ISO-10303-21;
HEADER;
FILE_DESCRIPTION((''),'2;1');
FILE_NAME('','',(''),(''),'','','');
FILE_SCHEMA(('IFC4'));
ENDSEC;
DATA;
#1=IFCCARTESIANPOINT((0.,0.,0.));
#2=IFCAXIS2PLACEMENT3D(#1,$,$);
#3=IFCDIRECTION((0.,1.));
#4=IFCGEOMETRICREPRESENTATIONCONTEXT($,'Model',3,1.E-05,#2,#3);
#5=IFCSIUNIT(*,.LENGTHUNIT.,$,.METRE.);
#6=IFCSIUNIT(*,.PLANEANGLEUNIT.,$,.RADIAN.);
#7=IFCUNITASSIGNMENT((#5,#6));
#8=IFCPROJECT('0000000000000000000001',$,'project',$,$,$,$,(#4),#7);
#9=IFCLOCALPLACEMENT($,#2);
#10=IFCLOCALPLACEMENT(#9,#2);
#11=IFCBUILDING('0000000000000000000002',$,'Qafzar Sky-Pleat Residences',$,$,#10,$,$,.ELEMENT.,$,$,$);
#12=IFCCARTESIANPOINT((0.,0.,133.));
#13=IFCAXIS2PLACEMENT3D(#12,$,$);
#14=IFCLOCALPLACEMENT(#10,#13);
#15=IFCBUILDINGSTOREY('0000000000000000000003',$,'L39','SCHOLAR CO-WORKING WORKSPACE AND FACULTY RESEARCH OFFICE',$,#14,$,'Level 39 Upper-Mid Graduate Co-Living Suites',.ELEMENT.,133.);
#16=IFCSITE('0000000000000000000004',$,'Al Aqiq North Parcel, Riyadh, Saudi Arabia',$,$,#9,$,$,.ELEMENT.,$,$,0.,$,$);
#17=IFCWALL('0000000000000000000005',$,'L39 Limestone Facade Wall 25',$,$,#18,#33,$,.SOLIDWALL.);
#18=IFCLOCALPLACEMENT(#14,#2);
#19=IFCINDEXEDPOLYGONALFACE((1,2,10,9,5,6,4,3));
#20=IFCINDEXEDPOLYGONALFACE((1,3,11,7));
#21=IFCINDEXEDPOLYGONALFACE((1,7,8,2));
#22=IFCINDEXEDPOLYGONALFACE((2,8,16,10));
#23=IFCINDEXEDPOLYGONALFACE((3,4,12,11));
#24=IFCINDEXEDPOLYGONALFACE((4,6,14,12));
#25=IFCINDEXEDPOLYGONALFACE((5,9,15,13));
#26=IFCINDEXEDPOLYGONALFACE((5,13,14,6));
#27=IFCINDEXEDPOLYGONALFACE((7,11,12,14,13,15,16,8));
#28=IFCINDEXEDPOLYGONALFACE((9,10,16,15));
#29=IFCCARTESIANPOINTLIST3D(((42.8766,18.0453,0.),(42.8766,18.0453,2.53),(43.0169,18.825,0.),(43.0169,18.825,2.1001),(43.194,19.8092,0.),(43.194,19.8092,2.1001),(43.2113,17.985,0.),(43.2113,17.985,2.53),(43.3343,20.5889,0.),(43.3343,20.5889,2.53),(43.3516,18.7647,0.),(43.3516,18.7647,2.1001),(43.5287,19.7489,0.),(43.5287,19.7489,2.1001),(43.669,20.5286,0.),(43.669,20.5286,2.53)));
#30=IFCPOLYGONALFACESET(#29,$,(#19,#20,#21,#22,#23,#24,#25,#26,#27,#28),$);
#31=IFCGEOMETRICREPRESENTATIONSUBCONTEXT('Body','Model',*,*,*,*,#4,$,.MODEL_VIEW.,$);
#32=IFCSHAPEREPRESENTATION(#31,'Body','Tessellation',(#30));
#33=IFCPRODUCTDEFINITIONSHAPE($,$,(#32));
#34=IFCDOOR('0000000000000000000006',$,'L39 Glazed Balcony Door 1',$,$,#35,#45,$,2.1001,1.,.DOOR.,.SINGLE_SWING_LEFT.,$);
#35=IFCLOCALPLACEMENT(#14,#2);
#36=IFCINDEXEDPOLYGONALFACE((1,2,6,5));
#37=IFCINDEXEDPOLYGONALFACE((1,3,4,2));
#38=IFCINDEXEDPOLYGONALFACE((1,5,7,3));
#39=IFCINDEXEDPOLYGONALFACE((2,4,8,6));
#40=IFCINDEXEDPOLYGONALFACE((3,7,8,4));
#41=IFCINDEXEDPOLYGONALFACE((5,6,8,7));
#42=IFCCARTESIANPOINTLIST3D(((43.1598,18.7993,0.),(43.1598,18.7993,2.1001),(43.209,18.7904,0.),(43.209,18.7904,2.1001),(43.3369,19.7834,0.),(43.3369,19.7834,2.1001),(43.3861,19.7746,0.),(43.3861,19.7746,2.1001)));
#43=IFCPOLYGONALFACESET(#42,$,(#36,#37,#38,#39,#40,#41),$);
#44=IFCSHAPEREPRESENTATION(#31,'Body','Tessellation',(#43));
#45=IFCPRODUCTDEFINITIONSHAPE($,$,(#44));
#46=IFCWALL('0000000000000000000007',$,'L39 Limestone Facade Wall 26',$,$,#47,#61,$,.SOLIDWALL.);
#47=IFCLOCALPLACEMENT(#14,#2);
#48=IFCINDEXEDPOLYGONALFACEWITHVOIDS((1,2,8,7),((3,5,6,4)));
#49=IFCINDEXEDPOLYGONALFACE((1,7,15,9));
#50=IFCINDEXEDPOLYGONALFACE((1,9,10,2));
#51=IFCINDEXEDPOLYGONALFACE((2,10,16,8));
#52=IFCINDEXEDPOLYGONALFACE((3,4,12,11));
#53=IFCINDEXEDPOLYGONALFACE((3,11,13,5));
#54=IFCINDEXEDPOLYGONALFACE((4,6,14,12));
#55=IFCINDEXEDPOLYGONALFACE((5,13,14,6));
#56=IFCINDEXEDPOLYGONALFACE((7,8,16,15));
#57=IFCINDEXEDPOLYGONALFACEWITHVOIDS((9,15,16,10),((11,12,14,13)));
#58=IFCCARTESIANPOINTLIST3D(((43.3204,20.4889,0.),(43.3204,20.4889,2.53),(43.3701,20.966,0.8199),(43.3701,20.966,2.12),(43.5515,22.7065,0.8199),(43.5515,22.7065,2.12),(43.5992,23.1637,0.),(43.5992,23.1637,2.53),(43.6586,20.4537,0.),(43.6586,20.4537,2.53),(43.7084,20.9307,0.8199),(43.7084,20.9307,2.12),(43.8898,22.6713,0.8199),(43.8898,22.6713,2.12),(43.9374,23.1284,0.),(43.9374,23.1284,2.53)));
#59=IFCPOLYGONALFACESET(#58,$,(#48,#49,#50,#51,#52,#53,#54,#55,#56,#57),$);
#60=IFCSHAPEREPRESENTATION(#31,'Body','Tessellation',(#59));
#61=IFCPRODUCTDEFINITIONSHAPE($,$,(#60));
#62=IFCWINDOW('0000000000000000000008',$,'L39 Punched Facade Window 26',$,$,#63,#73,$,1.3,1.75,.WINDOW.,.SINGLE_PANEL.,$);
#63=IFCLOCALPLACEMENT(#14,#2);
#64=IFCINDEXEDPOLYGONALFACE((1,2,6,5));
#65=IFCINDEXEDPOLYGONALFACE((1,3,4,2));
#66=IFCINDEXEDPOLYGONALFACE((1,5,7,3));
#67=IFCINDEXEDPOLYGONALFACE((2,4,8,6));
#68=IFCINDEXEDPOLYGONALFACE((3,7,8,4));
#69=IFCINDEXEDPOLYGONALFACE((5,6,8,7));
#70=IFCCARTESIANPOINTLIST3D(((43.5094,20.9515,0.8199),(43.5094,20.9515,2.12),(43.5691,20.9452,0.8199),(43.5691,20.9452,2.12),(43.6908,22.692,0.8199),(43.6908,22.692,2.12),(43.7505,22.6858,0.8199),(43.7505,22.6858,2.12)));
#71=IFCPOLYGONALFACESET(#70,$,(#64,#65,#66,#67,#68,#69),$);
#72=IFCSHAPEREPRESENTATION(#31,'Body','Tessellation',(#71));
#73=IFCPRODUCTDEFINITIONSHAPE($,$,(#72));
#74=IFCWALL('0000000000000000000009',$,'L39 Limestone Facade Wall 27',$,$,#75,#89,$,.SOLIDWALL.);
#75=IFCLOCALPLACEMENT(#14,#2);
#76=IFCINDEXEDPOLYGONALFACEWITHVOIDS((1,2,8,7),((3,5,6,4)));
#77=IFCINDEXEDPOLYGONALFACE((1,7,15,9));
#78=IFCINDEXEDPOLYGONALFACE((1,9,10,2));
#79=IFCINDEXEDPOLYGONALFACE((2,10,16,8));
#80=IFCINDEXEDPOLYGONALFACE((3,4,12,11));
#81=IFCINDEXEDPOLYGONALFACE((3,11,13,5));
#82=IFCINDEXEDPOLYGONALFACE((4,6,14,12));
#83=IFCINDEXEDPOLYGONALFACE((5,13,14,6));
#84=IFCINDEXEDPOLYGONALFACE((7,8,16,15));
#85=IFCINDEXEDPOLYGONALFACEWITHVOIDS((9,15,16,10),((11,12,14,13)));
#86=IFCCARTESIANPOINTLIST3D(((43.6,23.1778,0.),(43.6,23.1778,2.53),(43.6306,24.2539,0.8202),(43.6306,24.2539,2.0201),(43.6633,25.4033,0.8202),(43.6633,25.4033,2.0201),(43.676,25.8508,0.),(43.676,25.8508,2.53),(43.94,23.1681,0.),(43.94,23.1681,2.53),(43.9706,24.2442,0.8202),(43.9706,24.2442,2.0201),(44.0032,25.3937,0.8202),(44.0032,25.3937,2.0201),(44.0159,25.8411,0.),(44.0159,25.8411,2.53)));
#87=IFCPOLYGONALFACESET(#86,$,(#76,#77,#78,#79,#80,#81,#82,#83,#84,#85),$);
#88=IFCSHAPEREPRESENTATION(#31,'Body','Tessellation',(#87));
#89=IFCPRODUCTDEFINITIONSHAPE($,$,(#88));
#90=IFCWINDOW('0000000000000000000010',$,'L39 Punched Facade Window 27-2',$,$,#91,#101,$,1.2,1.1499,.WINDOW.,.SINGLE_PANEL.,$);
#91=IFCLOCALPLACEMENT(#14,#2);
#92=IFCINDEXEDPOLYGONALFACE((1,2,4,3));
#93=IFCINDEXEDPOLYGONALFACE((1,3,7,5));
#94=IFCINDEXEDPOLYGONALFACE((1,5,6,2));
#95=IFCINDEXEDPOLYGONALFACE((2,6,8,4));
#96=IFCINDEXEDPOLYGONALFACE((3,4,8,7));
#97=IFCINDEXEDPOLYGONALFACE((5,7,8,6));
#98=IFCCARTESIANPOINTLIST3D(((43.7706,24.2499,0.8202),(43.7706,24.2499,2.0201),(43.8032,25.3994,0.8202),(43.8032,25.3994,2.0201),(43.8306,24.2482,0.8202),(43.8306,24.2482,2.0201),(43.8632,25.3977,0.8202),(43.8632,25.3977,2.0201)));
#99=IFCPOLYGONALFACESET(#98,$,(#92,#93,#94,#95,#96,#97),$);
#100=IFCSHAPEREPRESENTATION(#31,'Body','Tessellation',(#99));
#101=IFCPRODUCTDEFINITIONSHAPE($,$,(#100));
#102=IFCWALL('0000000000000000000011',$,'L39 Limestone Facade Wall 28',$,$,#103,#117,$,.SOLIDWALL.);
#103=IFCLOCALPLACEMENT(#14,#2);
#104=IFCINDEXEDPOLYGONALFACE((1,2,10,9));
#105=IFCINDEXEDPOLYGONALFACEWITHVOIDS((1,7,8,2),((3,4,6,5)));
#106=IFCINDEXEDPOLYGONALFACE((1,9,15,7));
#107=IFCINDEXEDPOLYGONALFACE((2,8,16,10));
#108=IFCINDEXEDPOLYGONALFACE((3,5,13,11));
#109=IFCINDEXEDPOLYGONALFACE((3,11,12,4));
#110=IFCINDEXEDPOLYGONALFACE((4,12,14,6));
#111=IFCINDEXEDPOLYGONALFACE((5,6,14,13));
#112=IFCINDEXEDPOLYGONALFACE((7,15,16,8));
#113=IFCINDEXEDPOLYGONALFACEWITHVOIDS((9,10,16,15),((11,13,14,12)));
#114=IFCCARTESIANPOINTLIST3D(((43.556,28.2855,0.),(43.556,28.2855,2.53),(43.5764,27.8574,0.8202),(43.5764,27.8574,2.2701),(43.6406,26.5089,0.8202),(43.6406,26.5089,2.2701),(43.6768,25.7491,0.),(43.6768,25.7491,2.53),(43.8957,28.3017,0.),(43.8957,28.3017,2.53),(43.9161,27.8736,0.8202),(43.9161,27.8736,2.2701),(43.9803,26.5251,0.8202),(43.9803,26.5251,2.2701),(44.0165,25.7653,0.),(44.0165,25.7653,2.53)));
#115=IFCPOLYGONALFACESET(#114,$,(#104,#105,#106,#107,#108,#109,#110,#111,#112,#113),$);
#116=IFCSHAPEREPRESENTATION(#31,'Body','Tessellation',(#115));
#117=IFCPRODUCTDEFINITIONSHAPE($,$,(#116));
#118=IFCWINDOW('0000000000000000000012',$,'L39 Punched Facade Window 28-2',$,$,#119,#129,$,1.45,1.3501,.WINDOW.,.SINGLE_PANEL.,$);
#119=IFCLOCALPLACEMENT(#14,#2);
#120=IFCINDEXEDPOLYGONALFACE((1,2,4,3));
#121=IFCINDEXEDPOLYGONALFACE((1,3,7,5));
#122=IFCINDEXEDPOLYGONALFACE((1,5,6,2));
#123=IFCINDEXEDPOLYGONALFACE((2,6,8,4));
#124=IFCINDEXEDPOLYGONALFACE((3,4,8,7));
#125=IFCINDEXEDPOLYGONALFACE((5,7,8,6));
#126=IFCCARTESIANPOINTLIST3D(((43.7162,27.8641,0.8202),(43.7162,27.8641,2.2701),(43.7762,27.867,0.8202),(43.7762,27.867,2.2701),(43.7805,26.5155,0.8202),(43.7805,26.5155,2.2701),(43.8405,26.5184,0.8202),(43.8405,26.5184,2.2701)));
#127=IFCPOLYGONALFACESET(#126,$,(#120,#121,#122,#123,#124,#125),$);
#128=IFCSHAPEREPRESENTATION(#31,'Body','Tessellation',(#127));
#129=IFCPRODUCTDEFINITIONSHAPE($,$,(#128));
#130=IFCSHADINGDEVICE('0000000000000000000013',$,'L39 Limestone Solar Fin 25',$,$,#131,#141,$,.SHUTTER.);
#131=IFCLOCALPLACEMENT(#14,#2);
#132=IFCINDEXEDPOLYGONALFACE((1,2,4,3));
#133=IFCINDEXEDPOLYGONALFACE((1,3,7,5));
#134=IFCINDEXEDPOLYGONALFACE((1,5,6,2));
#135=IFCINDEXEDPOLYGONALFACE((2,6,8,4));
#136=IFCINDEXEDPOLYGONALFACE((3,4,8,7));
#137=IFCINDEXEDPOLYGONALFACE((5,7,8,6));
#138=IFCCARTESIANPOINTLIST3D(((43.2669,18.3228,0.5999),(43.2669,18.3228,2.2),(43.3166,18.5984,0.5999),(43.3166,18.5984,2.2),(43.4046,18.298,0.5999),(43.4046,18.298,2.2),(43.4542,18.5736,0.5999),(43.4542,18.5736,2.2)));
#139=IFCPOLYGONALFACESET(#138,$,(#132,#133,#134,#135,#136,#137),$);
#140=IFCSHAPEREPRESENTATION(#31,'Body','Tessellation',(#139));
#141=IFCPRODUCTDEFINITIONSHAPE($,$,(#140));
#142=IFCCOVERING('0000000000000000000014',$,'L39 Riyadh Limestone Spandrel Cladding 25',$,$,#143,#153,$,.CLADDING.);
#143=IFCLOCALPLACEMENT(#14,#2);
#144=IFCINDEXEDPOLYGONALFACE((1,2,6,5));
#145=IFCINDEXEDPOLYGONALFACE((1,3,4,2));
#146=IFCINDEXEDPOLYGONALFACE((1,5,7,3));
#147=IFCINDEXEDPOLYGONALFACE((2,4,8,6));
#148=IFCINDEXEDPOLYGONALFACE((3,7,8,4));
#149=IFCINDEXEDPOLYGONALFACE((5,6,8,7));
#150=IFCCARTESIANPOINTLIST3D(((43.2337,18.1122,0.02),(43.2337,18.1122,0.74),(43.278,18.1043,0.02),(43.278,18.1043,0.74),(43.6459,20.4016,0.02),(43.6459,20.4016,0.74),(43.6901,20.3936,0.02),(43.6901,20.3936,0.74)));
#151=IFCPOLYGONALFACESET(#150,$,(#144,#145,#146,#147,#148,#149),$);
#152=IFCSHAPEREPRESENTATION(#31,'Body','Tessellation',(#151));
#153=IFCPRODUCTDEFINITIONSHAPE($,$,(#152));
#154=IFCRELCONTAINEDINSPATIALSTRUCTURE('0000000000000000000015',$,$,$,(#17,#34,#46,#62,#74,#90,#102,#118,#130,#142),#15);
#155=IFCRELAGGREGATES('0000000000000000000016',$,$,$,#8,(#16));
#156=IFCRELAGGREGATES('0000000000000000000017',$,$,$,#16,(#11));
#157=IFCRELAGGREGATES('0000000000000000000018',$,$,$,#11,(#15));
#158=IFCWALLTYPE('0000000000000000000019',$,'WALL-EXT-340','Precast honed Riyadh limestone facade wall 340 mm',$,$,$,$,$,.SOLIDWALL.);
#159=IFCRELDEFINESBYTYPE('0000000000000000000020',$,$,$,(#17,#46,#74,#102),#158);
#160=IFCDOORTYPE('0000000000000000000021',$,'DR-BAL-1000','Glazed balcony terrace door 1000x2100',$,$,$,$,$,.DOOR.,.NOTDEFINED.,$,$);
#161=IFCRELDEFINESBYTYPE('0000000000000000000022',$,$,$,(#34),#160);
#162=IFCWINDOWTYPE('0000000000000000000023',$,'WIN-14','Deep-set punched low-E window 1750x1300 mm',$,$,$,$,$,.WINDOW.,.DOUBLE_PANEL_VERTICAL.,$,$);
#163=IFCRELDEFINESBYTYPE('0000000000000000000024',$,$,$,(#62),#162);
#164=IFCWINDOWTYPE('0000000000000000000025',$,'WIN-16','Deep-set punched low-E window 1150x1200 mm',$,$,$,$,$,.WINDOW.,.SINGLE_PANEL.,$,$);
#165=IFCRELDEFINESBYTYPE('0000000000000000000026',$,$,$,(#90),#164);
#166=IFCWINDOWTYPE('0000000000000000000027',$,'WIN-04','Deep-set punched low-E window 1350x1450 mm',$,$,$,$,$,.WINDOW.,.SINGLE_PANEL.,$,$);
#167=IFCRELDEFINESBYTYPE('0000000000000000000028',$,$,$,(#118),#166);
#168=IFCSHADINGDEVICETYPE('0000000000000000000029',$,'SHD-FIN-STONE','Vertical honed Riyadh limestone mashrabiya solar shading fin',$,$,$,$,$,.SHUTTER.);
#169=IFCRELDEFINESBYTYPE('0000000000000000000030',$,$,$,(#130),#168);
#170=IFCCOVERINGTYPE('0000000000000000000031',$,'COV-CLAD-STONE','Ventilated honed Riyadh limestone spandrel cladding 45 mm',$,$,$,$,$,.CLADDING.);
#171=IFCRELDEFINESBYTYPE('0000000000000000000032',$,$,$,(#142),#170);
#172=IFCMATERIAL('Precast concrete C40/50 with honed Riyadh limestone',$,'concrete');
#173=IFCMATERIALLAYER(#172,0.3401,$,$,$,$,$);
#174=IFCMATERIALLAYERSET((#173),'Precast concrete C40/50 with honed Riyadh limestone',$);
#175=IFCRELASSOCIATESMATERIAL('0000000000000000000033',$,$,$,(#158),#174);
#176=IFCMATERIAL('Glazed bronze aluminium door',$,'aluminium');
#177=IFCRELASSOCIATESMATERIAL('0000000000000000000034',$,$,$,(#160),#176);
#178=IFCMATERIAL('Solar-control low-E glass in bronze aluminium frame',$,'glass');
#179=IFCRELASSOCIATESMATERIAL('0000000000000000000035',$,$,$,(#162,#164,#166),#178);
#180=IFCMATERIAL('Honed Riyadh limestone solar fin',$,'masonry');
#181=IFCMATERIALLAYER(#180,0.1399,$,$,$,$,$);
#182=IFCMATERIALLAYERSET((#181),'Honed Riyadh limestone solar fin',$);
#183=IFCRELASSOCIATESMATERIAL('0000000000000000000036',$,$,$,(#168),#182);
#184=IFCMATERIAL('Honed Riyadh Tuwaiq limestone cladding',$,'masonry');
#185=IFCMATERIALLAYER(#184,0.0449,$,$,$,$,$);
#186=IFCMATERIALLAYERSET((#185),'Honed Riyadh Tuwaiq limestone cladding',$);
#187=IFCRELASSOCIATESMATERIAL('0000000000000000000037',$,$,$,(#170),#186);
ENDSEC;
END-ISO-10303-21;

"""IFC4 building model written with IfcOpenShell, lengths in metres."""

from ifc_helpers import new_model, si_unit, direction, frame, frame_2d, origin, origin_2d, place, context, subcontext, project, spatial, rectangle, extrude, source, transform, mapped, material, layer, layer_set, type_object, element, fill, save


model = new_model("IFC4")

# Units and contexts
model_context = context("Model", 3, precision=1e-05, world=origin(), true_north=direction((0.0, 1.0)))
body_context = subcontext(model_context, "Body", "Model", "MODEL_VIEW")
ifc_project = project(units=[si_unit("LENGTHUNIT", "METRE"), si_unit("PLANEANGLEUNIT", "RADIAN")], contexts=[model_context])

# Site, building, storey
site_placement = place(None, origin())
site = spatial("IfcSite", under=ifc_project, at=site_placement, Name="Al Aqiq North Parcel, Riyadh, Saudi Arabia", CompositionType="ELEMENT", RefElevation=0.0)
building_placement = place(site_placement, origin())
building = spatial("IfcBuilding", under=site, at=building_placement, Name="Qafzar Sky-Pleat Residences", CompositionType="ELEMENT")
storey_placement = place(building_placement, frame((0.0, 0.0, 133.0)))
storey = spatial("IfcBuildingStorey", under=building, at=storey_placement, Name="L39", Description="SCHOLAR CO-WORKING WORKSPACE AND FACULTY RESEARCH OFFICE", LongName="Level 39 Upper-Mid Graduate Co-Living Suites", CompositionType="ELEMENT", Elevation=133.0)

# Wall, opening, door
ifc_material_1 = material(Name="Precast concrete C40/50 with honed Riyadh limestone", Category="concrete")
ifc_layer_1 = layer(ifc_material_1, 0.3401)
ifc_layer_set_1 = layer_set([ifc_layer_1], Name="Precast concrete C40/50 with honed Riyadh limestone")
wall_type_1 = type_object("IfcWallType", Name="WALL-EXT-340", Description="Precast honed Riyadh limestone facade wall 340 mm", PredefinedType="SOLIDWALL", material=ifc_layer_set_1)
wall_1_placement = place(storey_placement, frame((43.0439, 18.0151, 0.0), z_axis=(0.0, 0.0, 1.0), x_axis=(0.177115, 0.98419, 0.0)))
wall_1 = element("IfcWall", 1, at=wall_1_placement, inside=storey, type_object=wall_type_1, Name="L39 Limestone Facade Wall 25", PredefinedType="SOLIDWALL", context=body_context, shape_type="SweptSolid", body=[
    extrude(rectangle(XDim=2.5845, YDim=0.3401, at=frame_2d((1.2922, 0.0))), origin(), (0.0, 0.0, 1.0), 2.53),
])
opening_1_placement = place(wall_1_placement, frame((0.7922, 0.0, 0.0)))
opening_1 = element("IfcOpeningElement", 2, at=opening_1_placement, cuts=wall_1, PredefinedType="OPENING", context=body_context, shape_type="SweptSolid", body=[
    extrude(rectangle(XDim=1.0, YDim=2.1001, at=frame_2d((0.5, 1.05))), frame((0.0, 0.1802, 0.0), z_axis=(0.0, -1.0, 0.0), x_axis=(1.0, 0.0, 0.0)), (0.0, 0.0, 1.0), 0.3601),
])
ifc_material_2 = material(Name="Glazed bronze aluminium door", Category="aluminium")
door_type_1 = type_object("IfcDoorType", Name="DR-BAL-1000", Description="Glazed balcony terrace door 1000x2100", OperationType="NOTDEFINED", PredefinedType="DOOR", material=ifc_material_2)
shared_shape_1 = source(origin(), body_context, "Body", "SweptSolid", [
    extrude(rectangle(XDim=1.0, YDim=2.1001, at=frame_2d((0.5, 1.05))), frame((0.0, 0.0249, 0.0), z_axis=(0.0, -1.0, 0.0), x_axis=(1.0, 0.0, 0.0)), (0.0, 0.0, 1.0), 0.05),
])
door_1_placement = place(opening_1_placement, origin())
door_1 = element("IfcDoor", 3, at=door_1_placement, inside=storey, type_object=door_type_1, Name="L39 Glazed Balcony Door 1", OperationType="SINGLE_SWING_LEFT", OverallHeight=2.1001, OverallWidth=1.0, PredefinedType="DOOR", context=body_context, shape_type="MappedRepresentation", body=[
    mapped(shared_shape_1, transform((0.0, 0.0, 0.0), x_axis=(1.0, 0.0, 0.0), y_axis=(0.0, 1.0, 0.0), z_axis=(0.0, 0.0, 1.0), scale=1.0)),
])
fill(opening_1, door_1)

# Walls, openings, windows
wall_2_placement = place(storey_placement, frame((43.4895, 20.4712, 0.0), z_axis=(0.0, 0.0, 1.0), x_axis=(0.103673, 0.994611, 0.0)))
wall_2 = element("IfcWall", 4, at=wall_2_placement, inside=storey, type_object=wall_type_1, Name="L39 Limestone Facade Wall 26", PredefinedType="SOLIDWALL", context=body_context, shape_type="SweptSolid", body=[
    extrude(rectangle(XDim=2.6892, YDim=0.3401, at=frame_2d((1.3447, 0.0))), origin(), (0.0, 0.0, 1.0), 2.53),
])
opening_2_placement = place(wall_2_placement, frame((0.4797, 0.0, 0.8201)))
opening_2 = element("IfcOpeningElement", 5, at=opening_2_placement, cuts=wall_2, PredefinedType="OPENING", context=body_context, shape_type="SweptSolid", body=[
    extrude(rectangle(XDim=1.75, YDim=1.3, at=frame_2d((0.875, 0.6499))), frame((0.0, 0.1802, 0.0), z_axis=(0.0, -1.0, 0.0), x_axis=(1.0, 0.0, 0.0)), (0.0, 0.0, 1.0), 0.3601),
])
ifc_material_3 = material(Name="Solar-control low-E glass in bronze aluminium frame", Category="glass")
window_type_1 = type_object("IfcWindowType", Name="WIN-14", Description="Deep-set punched low-E window 1750x1300 mm", PartitioningType="DOUBLE_PANEL_VERTICAL", PredefinedType="WINDOW", material=ifc_material_3)
shared_shape_2 = source(origin(), body_context, "Body", "SweptSolid", [
    extrude(rectangle(XDim=1.75, YDim=1.3, at=frame_2d((0.875, 0.6499))), frame((0.0, 0.03, 0.0), z_axis=(0.0, -1.0, 0.0), x_axis=(1.0, 0.0, 0.0)), (0.0, 0.0, 1.0), 0.0601),
])
window_1_placement = place(opening_2_placement, origin())
window_1 = element("IfcWindow", 6, at=window_1_placement, inside=storey, type_object=window_type_1, Name="L39 Punched Facade Window 26", OverallHeight=1.3, OverallWidth=1.75, PartitioningType="SINGLE_PANEL", PredefinedType="WINDOW", context=body_context, shape_type="MappedRepresentation", body=[
    mapped(shared_shape_2, transform((0.0, 0.0, 0.0), x_axis=(1.0, 0.0, 0.0), y_axis=(0.0, 1.0, 0.0), z_axis=(0.0, 0.0, 1.0), scale=1.0)),
])
fill(opening_2, window_1)
wall_3_placement = place(storey_placement, frame((43.77, 23.1731, 0.0), z_axis=(0.0, 0.0, 1.0), x_axis=(0.028393, 0.999597, 0.0)))
wall_3 = element("IfcWall", 7, at=wall_3_placement, inside=storey, type_object=wall_type_1, Name="L39 Limestone Facade Wall 27", PredefinedType="SOLIDWALL", context=body_context, shape_type="SweptSolid", body=[
    extrude(rectangle(XDim=2.6741, YDim=0.3401, at=frame_2d((1.3369, 0.0))), origin(), (0.0, 0.0, 1.0), 2.53),
])
opening_3_placement = place(wall_3_placement, frame((1.0764, 0.0, 0.8201)))
opening_3 = element("IfcOpeningElement", 8, at=opening_3_placement, cuts=wall_3, PredefinedType="OPENING", context=body_context, shape_type="SweptSolid", body=[
    extrude(rectangle(XDim=1.1499, YDim=1.2, at=frame_2d((0.575, 0.6001))), frame((0.0, 0.1802, 0.0), z_axis=(0.0, -1.0, 0.0), x_axis=(1.0, 0.0, 0.0)), (0.0, 0.0, 1.0), 0.3601),
])
window_type_2 = type_object("IfcWindowType", Name="WIN-16", Description="Deep-set punched low-E window 1150x1200 mm", PartitioningType="SINGLE_PANEL", PredefinedType="WINDOW", material=ifc_material_3)
shared_shape_3 = source(origin(), body_context, "Body", "SweptSolid", [
    extrude(rectangle(XDim=1.1499, YDim=1.2, at=frame_2d((0.575, 0.6001))), frame((0.0, 0.03, 0.0), z_axis=(0.0, -1.0, 0.0), x_axis=(1.0, 0.0, 0.0)), (0.0, 0.0, 1.0), 0.0601),
])
window_2_placement = place(opening_3_placement, origin())
window_2 = element("IfcWindow", 9, at=window_2_placement, inside=storey, type_object=window_type_2, Name="L39 Punched Facade Window 27-2", OverallHeight=1.2, OverallWidth=1.1499, PartitioningType="SINGLE_PANEL", PredefinedType="WINDOW", context=body_context, shape_type="MappedRepresentation", body=[
    mapped(shared_shape_3, transform((0.0, 0.0, 0.0), x_axis=(1.0, 0.0, 0.0), y_axis=(0.0, 1.0, 0.0), z_axis=(0.0, 0.0, 1.0), scale=1.0)),
])
fill(opening_3, window_2)
wall_4_placement = place(storey_placement, frame((43.8467, 25.7573, 0.0), z_axis=(0.0, 0.0, 1.0), x_axis=(-0.047593, 0.998867, 0.0)))
wall_4 = element("IfcWall", 10, at=wall_4_placement, inside=storey, type_object=wall_type_1, Name="L39 Limestone Facade Wall 28", PredefinedType="SOLIDWALL", context=body_context, shape_type="SweptSolid", body=[
    extrude(rectangle(XDim=2.5393, YDim=0.3401, at=frame_2d((1.2695, 0.0))), origin(), (0.0, 0.0, 1.0), 2.53),
])
opening_4_placement = place(wall_4_placement, frame((0.7605, 0.0, 0.8201)))
opening_4 = element("IfcOpeningElement", 11, at=opening_4_placement, cuts=wall_4, PredefinedType="OPENING", context=body_context, shape_type="SweptSolid", body=[
    extrude(rectangle(XDim=1.3501, YDim=1.45, at=frame_2d((0.675, 0.7251))), frame((0.0, 0.1802, 0.0), z_axis=(0.0, -1.0, 0.0), x_axis=(1.0, 0.0, 0.0)), (0.0, 0.0, 1.0), 0.3601),
])
window_type_3 = type_object("IfcWindowType", Name="WIN-04", Description="Deep-set punched low-E window 1350x1450 mm", PartitioningType="SINGLE_PANEL", PredefinedType="WINDOW", material=ifc_material_3)
shared_shape_4 = source(origin(), body_context, "Body", "SweptSolid", [
    extrude(rectangle(XDim=1.3501, YDim=1.45, at=frame_2d((0.675, 0.7251))), frame((0.0, 0.03, 0.0), z_axis=(0.0, -1.0, 0.0), x_axis=(1.0, 0.0, 0.0)), (0.0, 0.0, 1.0), 0.0601),
])
window_3_placement = place(opening_4_placement, origin())
window_3 = element("IfcWindow", 12, at=window_3_placement, inside=storey, type_object=window_type_3, Name="L39 Punched Facade Window 28-2", OverallHeight=1.45, OverallWidth=1.3501, PartitioningType="SINGLE_PANEL", PredefinedType="WINDOW", context=body_context, shape_type="MappedRepresentation", body=[
    mapped(shared_shape_4, transform((0.0, 0.0, 0.0), x_axis=(1.0, 0.0, 0.0), y_axis=(0.0, 1.0, 0.0), z_axis=(0.0, 0.0, 1.0), scale=1.0)),
])
fill(opening_4, window_3)

# Shading device
ifc_material_4 = material(Name="Honed Riyadh limestone solar fin", Category="masonry")
ifc_layer_2 = layer(ifc_material_4, 0.1399)
ifc_layer_set_2 = layer_set([ifc_layer_2], Name="Honed Riyadh limestone solar fin")
shading_device_type = type_object("IfcShadingDeviceType", Name="SHD-FIN-STONE", Description="Vertical honed Riyadh limestone mashrabiya solar shading fin", PredefinedType="SHUTTER", material=ifc_layer_set_2)
shared_shape_5 = source(origin(), body_context, "Body", "SweptSolid", [
    extrude(rectangle(XDim=0.1399, YDim=0.28, at=origin_2d()), origin(), (0.0, 0.0, 1.0), 1.6001),
])
shading_device_placement = place(storey_placement, frame((43.3606, 18.4482, 0.5999), z_axis=(0.0, 0.0, 1.0), x_axis=(0.984177, -0.177188, 0.0)))
element("IfcShadingDevice", 13, at=shading_device_placement, inside=storey, type_object=shading_device_type, Name="L39 Limestone Solar Fin 25", PredefinedType="SHUTTER", context=body_context, shape_type="MappedRepresentation", body=[
    mapped(shared_shape_5, transform((0.0, 0.0, 0.0), x_axis=(1.0, 0.0, 0.0), y_axis=(0.0, 1.0, 0.0), z_axis=(0.0, 0.0, 1.0), scale=1.0)),
])

# Covering
ifc_material_5 = material(Name="Honed Riyadh Tuwaiq limestone cladding", Category="masonry")
ifc_layer_3 = layer(ifc_material_5, 0.0449)
ifc_layer_set_3 = layer_set([ifc_layer_3], Name="Honed Riyadh Tuwaiq limestone cladding")
covering_type = type_object("IfcCoveringType", Name="COV-CLAD-STONE", Description="Ventilated honed Riyadh limestone spandrel cladding 45 mm", PredefinedType="CLADDING", material=ifc_layer_set_3)
shared_shape_6 = source(origin(), body_context, "Body", "SweptSolid", [
    extrude(rectangle(XDim=2.3262, YDim=0.0449, at=origin_2d()), origin(), (0.0, 0.0, 1.0), 0.72),
])
covering_placement = place(storey_placement, frame((43.4619, 19.2529, 0.02), z_axis=(0.0, 0.0, 1.0), x_axis=(0.177166, 0.984181, 0.0)))
element("IfcCovering", 14, at=covering_placement, inside=storey, type_object=covering_type, Name="L39 Riyadh Limestone Spandrel Cladding 25", PredefinedType="CLADDING", context=body_context, shape_type="MappedRepresentation", body=[
    mapped(shared_shape_6, transform((0.0, 0.0, 0.0), x_axis=(1.0, 0.0, 0.0), y_axis=(0.0, 1.0, 0.0), z_axis=(0.0, 0.0, 1.0), scale=1.0)),
])

save(model, "model.ifc")
